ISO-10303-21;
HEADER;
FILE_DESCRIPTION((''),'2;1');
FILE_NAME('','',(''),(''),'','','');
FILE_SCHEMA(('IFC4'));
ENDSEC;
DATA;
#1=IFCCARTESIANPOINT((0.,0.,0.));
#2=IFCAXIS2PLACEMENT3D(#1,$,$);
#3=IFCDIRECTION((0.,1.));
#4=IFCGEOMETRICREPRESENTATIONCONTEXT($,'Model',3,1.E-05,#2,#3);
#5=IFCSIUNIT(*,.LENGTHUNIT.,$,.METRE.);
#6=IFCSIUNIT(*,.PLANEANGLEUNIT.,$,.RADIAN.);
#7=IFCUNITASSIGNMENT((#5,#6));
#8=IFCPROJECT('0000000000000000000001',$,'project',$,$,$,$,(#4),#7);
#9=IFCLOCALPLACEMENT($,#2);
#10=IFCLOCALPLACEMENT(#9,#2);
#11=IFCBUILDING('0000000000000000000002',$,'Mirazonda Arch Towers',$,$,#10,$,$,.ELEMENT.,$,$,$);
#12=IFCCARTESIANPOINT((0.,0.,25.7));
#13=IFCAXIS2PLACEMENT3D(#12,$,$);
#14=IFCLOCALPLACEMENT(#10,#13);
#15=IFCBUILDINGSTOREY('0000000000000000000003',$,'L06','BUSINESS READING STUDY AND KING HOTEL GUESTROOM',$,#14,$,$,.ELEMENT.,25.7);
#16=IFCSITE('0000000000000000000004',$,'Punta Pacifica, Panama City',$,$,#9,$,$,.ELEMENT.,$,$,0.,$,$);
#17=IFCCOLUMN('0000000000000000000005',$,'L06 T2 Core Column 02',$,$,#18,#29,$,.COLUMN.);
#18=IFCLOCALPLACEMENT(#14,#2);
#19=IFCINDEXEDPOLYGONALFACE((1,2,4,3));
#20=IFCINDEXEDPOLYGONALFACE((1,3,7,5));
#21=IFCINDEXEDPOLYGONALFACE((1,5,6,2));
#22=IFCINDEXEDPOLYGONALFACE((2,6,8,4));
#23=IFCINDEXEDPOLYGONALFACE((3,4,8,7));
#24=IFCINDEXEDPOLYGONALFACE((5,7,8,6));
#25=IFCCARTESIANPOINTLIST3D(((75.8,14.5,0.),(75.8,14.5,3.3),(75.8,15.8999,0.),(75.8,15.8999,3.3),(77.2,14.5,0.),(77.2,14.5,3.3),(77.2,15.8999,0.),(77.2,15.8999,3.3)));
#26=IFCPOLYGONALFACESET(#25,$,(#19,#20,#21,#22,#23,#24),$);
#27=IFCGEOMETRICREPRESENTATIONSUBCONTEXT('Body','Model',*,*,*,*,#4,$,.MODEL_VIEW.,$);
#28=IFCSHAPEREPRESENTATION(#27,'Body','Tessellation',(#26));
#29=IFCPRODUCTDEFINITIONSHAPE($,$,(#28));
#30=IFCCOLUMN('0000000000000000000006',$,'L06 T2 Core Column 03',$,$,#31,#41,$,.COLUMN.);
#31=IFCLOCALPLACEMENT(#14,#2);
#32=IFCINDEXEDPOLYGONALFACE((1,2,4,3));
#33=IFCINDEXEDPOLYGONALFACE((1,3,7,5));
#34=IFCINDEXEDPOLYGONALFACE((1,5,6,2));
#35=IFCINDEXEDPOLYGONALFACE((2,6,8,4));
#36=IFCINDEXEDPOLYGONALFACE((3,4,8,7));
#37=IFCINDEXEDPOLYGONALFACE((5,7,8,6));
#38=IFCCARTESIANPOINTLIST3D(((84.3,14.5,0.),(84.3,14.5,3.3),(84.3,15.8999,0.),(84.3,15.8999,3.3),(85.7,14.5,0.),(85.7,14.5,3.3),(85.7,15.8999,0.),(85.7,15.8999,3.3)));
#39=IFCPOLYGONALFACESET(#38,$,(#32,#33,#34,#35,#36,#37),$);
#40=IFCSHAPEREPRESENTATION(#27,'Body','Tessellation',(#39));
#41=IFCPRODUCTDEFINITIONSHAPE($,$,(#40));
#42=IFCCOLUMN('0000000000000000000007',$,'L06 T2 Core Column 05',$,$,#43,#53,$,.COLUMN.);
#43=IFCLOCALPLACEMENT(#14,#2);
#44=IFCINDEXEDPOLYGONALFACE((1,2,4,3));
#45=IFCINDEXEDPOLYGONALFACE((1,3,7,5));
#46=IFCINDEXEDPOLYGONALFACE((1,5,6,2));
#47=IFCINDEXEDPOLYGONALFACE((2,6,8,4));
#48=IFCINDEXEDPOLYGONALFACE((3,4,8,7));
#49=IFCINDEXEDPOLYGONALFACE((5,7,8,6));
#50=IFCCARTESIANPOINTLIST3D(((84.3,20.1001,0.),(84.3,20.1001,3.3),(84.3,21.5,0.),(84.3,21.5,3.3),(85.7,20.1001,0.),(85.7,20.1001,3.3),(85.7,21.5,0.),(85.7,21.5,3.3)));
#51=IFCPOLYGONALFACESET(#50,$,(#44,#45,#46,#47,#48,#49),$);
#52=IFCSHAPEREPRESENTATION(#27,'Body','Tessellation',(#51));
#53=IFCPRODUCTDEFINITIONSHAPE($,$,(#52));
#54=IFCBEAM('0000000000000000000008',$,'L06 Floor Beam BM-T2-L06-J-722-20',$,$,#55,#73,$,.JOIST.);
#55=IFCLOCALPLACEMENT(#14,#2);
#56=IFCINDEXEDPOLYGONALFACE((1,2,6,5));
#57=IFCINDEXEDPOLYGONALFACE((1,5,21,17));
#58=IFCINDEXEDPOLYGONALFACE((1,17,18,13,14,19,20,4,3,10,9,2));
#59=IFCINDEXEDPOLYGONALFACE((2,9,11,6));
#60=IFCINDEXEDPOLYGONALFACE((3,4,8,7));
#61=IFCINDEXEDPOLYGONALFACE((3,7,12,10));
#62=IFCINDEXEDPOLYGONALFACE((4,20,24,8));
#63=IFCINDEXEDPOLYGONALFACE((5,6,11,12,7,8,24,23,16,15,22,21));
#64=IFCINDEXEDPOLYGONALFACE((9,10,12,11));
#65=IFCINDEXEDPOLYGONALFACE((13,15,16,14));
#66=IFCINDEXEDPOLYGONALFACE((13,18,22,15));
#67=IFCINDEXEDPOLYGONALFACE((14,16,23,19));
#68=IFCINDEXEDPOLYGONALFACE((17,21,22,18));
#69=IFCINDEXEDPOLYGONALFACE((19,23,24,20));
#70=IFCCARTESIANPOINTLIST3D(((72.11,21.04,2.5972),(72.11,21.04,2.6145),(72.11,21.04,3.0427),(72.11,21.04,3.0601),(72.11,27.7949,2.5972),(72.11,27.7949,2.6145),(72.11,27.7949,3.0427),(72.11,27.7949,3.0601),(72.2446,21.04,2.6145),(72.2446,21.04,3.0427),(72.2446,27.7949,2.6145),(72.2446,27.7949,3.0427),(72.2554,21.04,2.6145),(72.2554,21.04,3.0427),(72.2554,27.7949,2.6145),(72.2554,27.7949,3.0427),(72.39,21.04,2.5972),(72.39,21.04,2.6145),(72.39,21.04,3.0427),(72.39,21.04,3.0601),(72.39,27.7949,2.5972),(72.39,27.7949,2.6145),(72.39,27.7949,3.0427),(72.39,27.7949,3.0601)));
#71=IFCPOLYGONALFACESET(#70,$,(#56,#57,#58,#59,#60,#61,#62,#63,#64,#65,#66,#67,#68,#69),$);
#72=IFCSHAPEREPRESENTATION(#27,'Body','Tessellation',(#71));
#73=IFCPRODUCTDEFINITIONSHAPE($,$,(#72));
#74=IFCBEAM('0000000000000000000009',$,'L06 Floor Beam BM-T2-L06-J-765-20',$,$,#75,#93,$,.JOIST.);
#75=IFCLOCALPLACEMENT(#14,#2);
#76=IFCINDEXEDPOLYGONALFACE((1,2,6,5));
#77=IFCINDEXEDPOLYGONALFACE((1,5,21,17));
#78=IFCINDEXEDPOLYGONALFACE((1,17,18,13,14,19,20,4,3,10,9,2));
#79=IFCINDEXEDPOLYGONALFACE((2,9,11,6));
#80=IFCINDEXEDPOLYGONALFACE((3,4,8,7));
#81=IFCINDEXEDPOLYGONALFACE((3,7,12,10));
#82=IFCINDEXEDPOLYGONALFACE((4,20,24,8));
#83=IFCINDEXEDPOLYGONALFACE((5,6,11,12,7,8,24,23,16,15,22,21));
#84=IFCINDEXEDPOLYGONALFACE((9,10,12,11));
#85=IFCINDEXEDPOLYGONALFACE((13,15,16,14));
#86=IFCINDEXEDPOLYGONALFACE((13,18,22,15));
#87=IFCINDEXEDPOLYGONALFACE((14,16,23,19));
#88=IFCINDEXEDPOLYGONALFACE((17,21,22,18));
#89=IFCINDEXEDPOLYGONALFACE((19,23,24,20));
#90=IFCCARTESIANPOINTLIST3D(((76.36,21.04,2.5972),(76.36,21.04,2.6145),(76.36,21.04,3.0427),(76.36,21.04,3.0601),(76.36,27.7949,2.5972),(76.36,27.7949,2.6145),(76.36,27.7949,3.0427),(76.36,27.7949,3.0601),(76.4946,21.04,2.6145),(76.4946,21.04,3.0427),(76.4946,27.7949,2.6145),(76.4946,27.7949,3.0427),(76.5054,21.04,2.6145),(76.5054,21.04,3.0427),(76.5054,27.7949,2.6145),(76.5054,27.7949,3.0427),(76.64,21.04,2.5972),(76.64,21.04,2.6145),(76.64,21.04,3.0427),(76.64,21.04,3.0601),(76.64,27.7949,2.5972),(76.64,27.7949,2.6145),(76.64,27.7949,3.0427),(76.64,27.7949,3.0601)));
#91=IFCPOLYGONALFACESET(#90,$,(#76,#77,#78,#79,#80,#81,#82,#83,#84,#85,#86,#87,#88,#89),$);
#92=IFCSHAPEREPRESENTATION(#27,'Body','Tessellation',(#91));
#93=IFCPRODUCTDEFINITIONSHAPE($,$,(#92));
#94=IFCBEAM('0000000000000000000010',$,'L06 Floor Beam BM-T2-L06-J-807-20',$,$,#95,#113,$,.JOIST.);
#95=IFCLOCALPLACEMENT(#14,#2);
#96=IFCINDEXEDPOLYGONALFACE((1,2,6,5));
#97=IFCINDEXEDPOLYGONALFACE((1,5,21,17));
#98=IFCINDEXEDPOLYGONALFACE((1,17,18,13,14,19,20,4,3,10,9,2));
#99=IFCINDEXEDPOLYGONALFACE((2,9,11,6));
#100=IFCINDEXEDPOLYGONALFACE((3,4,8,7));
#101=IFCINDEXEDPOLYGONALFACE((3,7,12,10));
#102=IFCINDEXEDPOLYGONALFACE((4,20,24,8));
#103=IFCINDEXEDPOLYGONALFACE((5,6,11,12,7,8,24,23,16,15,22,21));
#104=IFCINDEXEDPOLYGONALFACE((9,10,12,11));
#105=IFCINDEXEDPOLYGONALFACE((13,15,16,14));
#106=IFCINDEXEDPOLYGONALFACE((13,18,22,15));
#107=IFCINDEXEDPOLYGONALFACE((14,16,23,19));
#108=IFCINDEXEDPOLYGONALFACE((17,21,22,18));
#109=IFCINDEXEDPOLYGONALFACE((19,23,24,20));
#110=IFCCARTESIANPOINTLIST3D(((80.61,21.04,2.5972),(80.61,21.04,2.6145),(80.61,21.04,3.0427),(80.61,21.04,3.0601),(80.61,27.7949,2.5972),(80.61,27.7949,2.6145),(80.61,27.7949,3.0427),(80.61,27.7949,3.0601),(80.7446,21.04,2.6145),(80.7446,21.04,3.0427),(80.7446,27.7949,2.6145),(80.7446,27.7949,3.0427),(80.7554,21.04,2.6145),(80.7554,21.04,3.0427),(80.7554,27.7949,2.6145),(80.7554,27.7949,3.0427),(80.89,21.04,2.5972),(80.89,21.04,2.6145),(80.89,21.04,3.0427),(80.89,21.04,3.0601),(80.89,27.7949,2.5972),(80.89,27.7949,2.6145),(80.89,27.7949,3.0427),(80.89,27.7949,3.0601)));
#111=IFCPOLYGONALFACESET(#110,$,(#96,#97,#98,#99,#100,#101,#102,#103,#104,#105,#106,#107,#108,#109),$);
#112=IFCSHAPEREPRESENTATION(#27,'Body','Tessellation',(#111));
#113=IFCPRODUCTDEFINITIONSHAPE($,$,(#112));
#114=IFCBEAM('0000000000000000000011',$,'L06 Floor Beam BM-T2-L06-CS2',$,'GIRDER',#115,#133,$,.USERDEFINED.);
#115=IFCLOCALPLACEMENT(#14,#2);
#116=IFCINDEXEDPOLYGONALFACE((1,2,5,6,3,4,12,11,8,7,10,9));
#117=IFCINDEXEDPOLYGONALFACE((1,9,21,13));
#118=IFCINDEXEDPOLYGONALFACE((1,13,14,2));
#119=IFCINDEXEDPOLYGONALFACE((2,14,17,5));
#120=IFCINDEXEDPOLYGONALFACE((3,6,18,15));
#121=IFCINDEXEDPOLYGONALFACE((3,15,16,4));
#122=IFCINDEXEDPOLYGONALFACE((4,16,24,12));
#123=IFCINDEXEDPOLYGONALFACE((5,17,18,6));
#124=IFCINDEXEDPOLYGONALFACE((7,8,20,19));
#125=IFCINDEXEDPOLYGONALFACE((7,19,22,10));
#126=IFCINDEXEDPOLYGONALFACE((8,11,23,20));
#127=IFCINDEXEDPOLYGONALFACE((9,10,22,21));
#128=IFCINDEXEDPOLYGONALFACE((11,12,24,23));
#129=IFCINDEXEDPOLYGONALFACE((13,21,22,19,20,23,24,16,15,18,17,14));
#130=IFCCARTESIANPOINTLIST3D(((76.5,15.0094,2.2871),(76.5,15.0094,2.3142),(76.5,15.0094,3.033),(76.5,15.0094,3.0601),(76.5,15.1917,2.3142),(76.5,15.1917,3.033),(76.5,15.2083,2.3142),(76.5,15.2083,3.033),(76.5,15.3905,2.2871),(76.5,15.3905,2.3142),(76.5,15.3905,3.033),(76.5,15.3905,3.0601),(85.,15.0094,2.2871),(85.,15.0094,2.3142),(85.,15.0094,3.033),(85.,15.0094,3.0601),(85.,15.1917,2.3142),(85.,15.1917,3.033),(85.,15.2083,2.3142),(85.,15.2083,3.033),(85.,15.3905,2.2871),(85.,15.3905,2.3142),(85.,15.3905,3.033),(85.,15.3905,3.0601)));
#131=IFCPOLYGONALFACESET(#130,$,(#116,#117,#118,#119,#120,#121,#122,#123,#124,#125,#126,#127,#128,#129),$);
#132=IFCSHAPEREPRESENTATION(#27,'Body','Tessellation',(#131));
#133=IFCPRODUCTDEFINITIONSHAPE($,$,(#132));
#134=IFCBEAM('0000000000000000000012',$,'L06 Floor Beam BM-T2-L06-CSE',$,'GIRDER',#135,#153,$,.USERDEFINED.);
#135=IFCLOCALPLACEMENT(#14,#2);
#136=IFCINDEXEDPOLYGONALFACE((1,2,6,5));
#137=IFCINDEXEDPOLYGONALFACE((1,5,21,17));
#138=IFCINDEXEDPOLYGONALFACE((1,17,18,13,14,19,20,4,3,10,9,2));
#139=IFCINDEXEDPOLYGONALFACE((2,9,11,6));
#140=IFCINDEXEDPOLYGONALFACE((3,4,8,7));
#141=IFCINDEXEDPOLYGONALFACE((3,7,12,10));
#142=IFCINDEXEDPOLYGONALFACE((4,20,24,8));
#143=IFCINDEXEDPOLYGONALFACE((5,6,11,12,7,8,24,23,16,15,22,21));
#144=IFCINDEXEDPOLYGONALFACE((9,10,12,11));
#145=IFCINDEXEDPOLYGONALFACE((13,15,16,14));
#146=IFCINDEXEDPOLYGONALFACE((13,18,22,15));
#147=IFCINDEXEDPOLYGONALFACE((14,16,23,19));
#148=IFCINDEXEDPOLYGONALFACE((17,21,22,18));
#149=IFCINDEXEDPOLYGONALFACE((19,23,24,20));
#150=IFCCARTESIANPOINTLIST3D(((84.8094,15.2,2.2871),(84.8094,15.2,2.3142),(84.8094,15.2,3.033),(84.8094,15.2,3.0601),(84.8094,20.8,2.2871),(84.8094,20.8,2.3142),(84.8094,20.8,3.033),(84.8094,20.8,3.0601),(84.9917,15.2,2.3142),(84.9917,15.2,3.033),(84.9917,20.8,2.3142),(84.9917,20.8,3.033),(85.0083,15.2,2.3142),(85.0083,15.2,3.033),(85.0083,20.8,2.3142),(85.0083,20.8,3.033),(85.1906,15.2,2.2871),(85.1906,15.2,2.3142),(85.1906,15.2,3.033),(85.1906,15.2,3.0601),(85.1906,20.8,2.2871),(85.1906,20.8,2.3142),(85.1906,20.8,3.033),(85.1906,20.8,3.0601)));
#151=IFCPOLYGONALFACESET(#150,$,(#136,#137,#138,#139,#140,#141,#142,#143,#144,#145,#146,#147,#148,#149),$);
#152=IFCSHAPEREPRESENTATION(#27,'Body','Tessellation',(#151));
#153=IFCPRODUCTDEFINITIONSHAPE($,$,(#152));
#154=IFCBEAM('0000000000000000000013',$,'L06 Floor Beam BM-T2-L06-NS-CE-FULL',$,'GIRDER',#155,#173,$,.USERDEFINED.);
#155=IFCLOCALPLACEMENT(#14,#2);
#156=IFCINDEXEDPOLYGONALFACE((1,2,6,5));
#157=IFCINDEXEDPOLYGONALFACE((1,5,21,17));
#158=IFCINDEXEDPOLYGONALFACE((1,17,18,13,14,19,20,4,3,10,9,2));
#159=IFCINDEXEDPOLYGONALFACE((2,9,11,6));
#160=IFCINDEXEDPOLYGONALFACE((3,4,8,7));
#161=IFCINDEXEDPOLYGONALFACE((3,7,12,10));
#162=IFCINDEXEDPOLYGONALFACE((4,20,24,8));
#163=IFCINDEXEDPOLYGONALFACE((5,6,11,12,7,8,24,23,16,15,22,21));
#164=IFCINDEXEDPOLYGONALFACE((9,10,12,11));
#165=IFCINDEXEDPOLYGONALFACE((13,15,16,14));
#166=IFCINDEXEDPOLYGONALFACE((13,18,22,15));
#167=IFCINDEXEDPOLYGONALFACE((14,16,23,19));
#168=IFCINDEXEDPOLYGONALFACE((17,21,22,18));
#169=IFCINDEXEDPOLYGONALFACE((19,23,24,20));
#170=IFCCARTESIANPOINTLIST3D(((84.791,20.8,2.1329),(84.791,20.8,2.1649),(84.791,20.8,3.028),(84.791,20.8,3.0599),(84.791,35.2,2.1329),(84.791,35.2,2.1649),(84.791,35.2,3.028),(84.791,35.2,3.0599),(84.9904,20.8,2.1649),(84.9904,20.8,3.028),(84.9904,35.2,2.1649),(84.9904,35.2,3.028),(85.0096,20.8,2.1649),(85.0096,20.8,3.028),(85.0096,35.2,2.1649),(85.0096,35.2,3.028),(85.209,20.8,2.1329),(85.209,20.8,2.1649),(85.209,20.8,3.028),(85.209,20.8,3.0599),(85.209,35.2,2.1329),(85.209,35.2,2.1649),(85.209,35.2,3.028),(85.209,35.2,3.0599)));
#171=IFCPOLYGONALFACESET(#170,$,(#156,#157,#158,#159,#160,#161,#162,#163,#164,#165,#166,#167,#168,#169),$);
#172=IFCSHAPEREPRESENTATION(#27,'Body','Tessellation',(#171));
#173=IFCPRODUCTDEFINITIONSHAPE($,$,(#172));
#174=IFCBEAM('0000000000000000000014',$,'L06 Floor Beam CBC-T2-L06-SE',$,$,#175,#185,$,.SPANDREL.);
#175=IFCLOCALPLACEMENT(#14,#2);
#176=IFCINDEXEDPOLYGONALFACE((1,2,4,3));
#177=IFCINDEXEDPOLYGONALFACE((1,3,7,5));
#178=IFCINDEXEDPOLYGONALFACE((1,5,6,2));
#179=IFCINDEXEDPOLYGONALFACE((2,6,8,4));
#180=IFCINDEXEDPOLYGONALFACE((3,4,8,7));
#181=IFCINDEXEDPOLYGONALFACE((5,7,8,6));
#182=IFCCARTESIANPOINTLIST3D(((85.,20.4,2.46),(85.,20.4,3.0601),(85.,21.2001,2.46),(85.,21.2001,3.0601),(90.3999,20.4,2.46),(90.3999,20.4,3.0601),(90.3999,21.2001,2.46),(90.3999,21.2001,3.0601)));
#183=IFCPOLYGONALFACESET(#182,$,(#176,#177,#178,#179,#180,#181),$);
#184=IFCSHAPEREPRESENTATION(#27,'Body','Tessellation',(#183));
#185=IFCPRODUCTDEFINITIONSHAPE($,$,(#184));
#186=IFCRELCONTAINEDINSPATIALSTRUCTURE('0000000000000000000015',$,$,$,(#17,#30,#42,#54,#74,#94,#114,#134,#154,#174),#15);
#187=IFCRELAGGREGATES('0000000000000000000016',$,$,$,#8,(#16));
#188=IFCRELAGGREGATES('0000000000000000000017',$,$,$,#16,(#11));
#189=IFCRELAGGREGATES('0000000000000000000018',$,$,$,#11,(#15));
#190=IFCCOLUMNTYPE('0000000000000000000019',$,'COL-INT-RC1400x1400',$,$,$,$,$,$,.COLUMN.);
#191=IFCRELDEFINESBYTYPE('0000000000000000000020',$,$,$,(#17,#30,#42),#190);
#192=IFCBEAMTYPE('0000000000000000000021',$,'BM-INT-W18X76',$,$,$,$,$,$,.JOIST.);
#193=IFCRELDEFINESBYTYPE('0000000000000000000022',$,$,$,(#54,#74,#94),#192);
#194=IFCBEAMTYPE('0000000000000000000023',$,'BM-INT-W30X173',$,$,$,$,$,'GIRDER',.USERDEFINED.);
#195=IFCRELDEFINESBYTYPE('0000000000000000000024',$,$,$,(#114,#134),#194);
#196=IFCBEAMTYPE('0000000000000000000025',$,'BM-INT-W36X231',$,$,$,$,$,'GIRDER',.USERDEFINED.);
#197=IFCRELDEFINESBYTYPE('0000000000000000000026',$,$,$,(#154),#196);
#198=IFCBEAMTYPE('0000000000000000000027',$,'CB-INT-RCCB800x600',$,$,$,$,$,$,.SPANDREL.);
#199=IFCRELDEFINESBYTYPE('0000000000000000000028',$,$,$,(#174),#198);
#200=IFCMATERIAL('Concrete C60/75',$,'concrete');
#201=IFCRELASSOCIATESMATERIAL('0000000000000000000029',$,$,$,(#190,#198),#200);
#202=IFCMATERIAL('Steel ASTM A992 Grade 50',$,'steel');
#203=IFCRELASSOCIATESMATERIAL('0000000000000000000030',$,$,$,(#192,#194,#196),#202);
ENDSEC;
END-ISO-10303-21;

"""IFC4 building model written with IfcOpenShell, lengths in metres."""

from ifc_helpers import new_model, si_unit, direction, frame, origin, origin_2d, place, context, subcontext, project, spatial, rectangle, i_section, extrude, material, material_profile, profile_set, type_object, element, save


model = new_model("IFC4")

# Units and contexts
model_context = context("Model", 3, precision=1e-05, world=origin(), true_north=direction((0.0, 1.0)))
body_context = subcontext(model_context, "Body", "Model", "MODEL_VIEW")
ifc_project = project(units=[si_unit("LENGTHUNIT", "METRE"), si_unit("PLANEANGLEUNIT", "RADIAN")], contexts=[model_context])

# Site, building, storey
site_placement = place(None, origin())
site = spatial("IfcSite", under=ifc_project, at=site_placement, Name="Punta Pacifica, Panama City", CompositionType="ELEMENT", RefElevation=0.0)
building_placement = place(site_placement, origin())
building = spatial("IfcBuilding", under=site, at=building_placement, Name="Mirazonda Arch Towers", CompositionType="ELEMENT")
storey_placement = place(building_placement, frame((0.0, 0.0, 25.7)))
storey = spatial("IfcBuildingStorey", under=building, at=storey_placement, Name="L06", Description="BUSINESS READING STUDY AND KING HOTEL GUESTROOM", CompositionType="ELEMENT", Elevation=25.7)

# Columns
ifc_material_1 = material(Name="Concrete C60/75", Category="concrete")
ifc_material_profile_1 = material_profile(ifc_material_1, rectangle(XDim=1.3999, YDim=1.3999, at=origin_2d()), Name="RC1400x1400")
ifc_profile_set_1 = profile_set([ifc_material_profile_1], Name="Concrete C60/75")
column_type = type_object("IfcColumnType", Name="COL-INT-RC1400x1400", PredefinedType="COLUMN", material=ifc_profile_set_1)
for number, where, z_axis, x_axis, name in (
    (1, (76.5, 15.2, 0.0), (0.0, 0.0, 1.0), (1.0, 0.0, 0.0), "L06 T2 Core Column 02"),
    (2, (85.0, 15.2, 0.0), (0.0, 0.0, 1.0), (1.0, 0.0, 0.0), "L06 T2 Core Column 03"),
    (3, (85.0, 20.8, 0.0), (0.0, 0.0, 1.0), (1.0, 0.0, 0.0), "L06 T2 Core Column 05"),
):
    element("IfcColumn", number, at=place(storey_placement, frame(where, z_axis=z_axis, x_axis=x_axis)), inside=storey, type_object=column_type, Name=name, PredefinedType="COLUMN", context=body_context, shape_type="SweptSolid", body=[
        extrude(rectangle(XDim=1.3999, YDim=1.3999, at=origin_2d()), origin(), (0.0, 0.0, 1.0), 3.3),
    ])

# Beams
ifc_material_2 = material(Name="Steel ASTM A992 Grade 50", Category="steel")
ifc_material_profile_2 = material_profile(ifc_material_2, i_section(OverallWidth=0.28, OverallDepth=0.4629, WebThickness=0.0107, FlangeThickness=0.0173, at=origin_2d()), Name="W18X76")
ifc_profile_set_2 = profile_set([ifc_material_profile_2], Name="Steel ASTM A992 Grade 50")
beam_type_1 = type_object("IfcBeamType", Name="BM-INT-W18X76", PredefinedType="JOIST", material=ifc_profile_set_2)
for number, where, z_axis, x_axis, name in (
    (4, (72.25, 21.04, 2.8286), (0.0, 1.0, 0.0), (-1.0, 0.0, 0.0), "L06 Floor Beam BM-T2-L06-J-722-20"),
    (5, (76.5, 21.04, 2.8286), (0.0, 1.0, 0.0), (-1.0, 0.0, 0.0), "L06 Floor Beam BM-T2-L06-J-765-20"),
    (6, (80.75, 21.04, 2.8286), (0.0, 1.0, 0.0), (-1.0, 0.0, 0.0), "L06 Floor Beam BM-T2-L06-J-807-20"),
):
    element("IfcBeam", number, at=place(storey_placement, frame(where, z_axis=z_axis, x_axis=x_axis)), inside=storey, type_object=beam_type_1, Name=name, PredefinedType="JOIST", context=body_context, shape_type="SweptSolid", body=[
        extrude(i_section(OverallWidth=0.28, OverallDepth=0.4629, WebThickness=0.0107, FlangeThickness=0.0173, at=origin_2d()), origin(), (0.0, 0.0, 1.0), 6.7549),
    ])
ifc_material_profile_3 = material_profile(ifc_material_2, i_section(OverallWidth=0.3811, OverallDepth=0.7729, WebThickness=0.0166, FlangeThickness=0.0271, at=origin_2d()), Name="W30X173")
ifc_profile_set_3 = profile_set([ifc_material_profile_3], Name="Steel ASTM A992 Grade 50")
beam_type_2 = type_object("IfcBeamType", Name="BM-INT-W30X173", ElementType="GIRDER", PredefinedType="USERDEFINED", material=ifc_profile_set_3)
beam_1_placement = place(storey_placement, frame((76.5, 15.2, 2.6736), z_axis=(1.0, 0.0, 0.0), x_axis=(0.0, 1.0, 0.0)))
element("IfcBeam", 7, at=beam_1_placement, inside=storey, type_object=beam_type_2, Name="L06 Floor Beam BM-T2-L06-CS2", ObjectType="GIRDER", PredefinedType="USERDEFINED", context=body_context, shape_type="SweptSolid", body=[
    extrude(i_section(OverallWidth=0.3811, OverallDepth=0.7729, WebThickness=0.0166, FlangeThickness=0.0271, at=origin_2d()), origin(), (0.0, 0.0, 1.0), 8.5),
])
beam_2_placement = place(storey_placement, frame((85.0, 15.2, 2.6736), z_axis=(0.0, 1.0, 0.0), x_axis=(-1.0, 0.0, 0.0)))
element("IfcBeam", 8, at=beam_2_placement, inside=storey, type_object=beam_type_2, Name="L06 Floor Beam BM-T2-L06-CSE", ObjectType="GIRDER", PredefinedType="USERDEFINED", context=body_context, shape_type="SweptSolid", body=[
    extrude(i_section(OverallWidth=0.3811, OverallDepth=0.7729, WebThickness=0.0166, FlangeThickness=0.0271, at=origin_2d()), origin(), (0.0, 0.0, 1.0), 5.6001),
])
ifc_material_profile_4 = material_profile(ifc_material_2, i_section(OverallWidth=0.418, OverallDepth=0.927, WebThickness=0.0193, FlangeThickness=0.032, at=origin_2d()), Name="W36X231")
ifc_profile_set_4 = profile_set([ifc_material_profile_4], Name="Steel ASTM A992 Grade 50")
beam_type_3 = type_object("IfcBeamType", Name="BM-INT-W36X231", ElementType="GIRDER", PredefinedType="USERDEFINED", material=ifc_profile_set_4)
beam_3_placement = place(storey_placement, frame((85.0, 20.8, 2.5964), z_axis=(0.0, 1.0, 0.0), x_axis=(-1.0, 0.0, 0.0)))
element("IfcBeam", 9, at=beam_3_placement, inside=storey, type_object=beam_type_3, Name="L06 Floor Beam BM-T2-L06-NS-CE-FULL", ObjectType="GIRDER", PredefinedType="USERDEFINED", context=body_context, shape_type="SweptSolid", body=[
    extrude(i_section(OverallWidth=0.418, OverallDepth=0.927, WebThickness=0.0193, FlangeThickness=0.032, at=origin_2d()), origin(), (0.0, 0.0, 1.0), 14.3999),
])
ifc_material_profile_5 = material_profile(ifc_material_1, rectangle(XDim=0.8, YDim=0.6001, at=origin_2d()), Name="RCCB800x600")
ifc_profile_set_5 = profile_set([ifc_material_profile_5], Name="Concrete C60/75")
beam_type_4 = type_object("IfcBeamType", Name="CB-INT-RCCB800x600", PredefinedType="SPANDREL", material=ifc_profile_set_5)
beam_4_placement = place(storey_placement, frame((85.0, 20.8, 2.76), z_axis=(1.0, 0.0, 0.0), x_axis=(0.0, 1.0, 0.0)))
element("IfcBeam", 10, at=beam_4_placement, inside=storey, type_object=beam_type_4, Name="L06 Floor Beam CBC-T2-L06-SE", PredefinedType="SPANDREL", context=body_context, shape_type="SweptSolid", body=[
    extrude(rectangle(XDim=0.8, YDim=0.6001, at=origin_2d()), origin(), (0.0, 0.0, 1.0), 5.3999),
])

save(model, "model.ifc")
